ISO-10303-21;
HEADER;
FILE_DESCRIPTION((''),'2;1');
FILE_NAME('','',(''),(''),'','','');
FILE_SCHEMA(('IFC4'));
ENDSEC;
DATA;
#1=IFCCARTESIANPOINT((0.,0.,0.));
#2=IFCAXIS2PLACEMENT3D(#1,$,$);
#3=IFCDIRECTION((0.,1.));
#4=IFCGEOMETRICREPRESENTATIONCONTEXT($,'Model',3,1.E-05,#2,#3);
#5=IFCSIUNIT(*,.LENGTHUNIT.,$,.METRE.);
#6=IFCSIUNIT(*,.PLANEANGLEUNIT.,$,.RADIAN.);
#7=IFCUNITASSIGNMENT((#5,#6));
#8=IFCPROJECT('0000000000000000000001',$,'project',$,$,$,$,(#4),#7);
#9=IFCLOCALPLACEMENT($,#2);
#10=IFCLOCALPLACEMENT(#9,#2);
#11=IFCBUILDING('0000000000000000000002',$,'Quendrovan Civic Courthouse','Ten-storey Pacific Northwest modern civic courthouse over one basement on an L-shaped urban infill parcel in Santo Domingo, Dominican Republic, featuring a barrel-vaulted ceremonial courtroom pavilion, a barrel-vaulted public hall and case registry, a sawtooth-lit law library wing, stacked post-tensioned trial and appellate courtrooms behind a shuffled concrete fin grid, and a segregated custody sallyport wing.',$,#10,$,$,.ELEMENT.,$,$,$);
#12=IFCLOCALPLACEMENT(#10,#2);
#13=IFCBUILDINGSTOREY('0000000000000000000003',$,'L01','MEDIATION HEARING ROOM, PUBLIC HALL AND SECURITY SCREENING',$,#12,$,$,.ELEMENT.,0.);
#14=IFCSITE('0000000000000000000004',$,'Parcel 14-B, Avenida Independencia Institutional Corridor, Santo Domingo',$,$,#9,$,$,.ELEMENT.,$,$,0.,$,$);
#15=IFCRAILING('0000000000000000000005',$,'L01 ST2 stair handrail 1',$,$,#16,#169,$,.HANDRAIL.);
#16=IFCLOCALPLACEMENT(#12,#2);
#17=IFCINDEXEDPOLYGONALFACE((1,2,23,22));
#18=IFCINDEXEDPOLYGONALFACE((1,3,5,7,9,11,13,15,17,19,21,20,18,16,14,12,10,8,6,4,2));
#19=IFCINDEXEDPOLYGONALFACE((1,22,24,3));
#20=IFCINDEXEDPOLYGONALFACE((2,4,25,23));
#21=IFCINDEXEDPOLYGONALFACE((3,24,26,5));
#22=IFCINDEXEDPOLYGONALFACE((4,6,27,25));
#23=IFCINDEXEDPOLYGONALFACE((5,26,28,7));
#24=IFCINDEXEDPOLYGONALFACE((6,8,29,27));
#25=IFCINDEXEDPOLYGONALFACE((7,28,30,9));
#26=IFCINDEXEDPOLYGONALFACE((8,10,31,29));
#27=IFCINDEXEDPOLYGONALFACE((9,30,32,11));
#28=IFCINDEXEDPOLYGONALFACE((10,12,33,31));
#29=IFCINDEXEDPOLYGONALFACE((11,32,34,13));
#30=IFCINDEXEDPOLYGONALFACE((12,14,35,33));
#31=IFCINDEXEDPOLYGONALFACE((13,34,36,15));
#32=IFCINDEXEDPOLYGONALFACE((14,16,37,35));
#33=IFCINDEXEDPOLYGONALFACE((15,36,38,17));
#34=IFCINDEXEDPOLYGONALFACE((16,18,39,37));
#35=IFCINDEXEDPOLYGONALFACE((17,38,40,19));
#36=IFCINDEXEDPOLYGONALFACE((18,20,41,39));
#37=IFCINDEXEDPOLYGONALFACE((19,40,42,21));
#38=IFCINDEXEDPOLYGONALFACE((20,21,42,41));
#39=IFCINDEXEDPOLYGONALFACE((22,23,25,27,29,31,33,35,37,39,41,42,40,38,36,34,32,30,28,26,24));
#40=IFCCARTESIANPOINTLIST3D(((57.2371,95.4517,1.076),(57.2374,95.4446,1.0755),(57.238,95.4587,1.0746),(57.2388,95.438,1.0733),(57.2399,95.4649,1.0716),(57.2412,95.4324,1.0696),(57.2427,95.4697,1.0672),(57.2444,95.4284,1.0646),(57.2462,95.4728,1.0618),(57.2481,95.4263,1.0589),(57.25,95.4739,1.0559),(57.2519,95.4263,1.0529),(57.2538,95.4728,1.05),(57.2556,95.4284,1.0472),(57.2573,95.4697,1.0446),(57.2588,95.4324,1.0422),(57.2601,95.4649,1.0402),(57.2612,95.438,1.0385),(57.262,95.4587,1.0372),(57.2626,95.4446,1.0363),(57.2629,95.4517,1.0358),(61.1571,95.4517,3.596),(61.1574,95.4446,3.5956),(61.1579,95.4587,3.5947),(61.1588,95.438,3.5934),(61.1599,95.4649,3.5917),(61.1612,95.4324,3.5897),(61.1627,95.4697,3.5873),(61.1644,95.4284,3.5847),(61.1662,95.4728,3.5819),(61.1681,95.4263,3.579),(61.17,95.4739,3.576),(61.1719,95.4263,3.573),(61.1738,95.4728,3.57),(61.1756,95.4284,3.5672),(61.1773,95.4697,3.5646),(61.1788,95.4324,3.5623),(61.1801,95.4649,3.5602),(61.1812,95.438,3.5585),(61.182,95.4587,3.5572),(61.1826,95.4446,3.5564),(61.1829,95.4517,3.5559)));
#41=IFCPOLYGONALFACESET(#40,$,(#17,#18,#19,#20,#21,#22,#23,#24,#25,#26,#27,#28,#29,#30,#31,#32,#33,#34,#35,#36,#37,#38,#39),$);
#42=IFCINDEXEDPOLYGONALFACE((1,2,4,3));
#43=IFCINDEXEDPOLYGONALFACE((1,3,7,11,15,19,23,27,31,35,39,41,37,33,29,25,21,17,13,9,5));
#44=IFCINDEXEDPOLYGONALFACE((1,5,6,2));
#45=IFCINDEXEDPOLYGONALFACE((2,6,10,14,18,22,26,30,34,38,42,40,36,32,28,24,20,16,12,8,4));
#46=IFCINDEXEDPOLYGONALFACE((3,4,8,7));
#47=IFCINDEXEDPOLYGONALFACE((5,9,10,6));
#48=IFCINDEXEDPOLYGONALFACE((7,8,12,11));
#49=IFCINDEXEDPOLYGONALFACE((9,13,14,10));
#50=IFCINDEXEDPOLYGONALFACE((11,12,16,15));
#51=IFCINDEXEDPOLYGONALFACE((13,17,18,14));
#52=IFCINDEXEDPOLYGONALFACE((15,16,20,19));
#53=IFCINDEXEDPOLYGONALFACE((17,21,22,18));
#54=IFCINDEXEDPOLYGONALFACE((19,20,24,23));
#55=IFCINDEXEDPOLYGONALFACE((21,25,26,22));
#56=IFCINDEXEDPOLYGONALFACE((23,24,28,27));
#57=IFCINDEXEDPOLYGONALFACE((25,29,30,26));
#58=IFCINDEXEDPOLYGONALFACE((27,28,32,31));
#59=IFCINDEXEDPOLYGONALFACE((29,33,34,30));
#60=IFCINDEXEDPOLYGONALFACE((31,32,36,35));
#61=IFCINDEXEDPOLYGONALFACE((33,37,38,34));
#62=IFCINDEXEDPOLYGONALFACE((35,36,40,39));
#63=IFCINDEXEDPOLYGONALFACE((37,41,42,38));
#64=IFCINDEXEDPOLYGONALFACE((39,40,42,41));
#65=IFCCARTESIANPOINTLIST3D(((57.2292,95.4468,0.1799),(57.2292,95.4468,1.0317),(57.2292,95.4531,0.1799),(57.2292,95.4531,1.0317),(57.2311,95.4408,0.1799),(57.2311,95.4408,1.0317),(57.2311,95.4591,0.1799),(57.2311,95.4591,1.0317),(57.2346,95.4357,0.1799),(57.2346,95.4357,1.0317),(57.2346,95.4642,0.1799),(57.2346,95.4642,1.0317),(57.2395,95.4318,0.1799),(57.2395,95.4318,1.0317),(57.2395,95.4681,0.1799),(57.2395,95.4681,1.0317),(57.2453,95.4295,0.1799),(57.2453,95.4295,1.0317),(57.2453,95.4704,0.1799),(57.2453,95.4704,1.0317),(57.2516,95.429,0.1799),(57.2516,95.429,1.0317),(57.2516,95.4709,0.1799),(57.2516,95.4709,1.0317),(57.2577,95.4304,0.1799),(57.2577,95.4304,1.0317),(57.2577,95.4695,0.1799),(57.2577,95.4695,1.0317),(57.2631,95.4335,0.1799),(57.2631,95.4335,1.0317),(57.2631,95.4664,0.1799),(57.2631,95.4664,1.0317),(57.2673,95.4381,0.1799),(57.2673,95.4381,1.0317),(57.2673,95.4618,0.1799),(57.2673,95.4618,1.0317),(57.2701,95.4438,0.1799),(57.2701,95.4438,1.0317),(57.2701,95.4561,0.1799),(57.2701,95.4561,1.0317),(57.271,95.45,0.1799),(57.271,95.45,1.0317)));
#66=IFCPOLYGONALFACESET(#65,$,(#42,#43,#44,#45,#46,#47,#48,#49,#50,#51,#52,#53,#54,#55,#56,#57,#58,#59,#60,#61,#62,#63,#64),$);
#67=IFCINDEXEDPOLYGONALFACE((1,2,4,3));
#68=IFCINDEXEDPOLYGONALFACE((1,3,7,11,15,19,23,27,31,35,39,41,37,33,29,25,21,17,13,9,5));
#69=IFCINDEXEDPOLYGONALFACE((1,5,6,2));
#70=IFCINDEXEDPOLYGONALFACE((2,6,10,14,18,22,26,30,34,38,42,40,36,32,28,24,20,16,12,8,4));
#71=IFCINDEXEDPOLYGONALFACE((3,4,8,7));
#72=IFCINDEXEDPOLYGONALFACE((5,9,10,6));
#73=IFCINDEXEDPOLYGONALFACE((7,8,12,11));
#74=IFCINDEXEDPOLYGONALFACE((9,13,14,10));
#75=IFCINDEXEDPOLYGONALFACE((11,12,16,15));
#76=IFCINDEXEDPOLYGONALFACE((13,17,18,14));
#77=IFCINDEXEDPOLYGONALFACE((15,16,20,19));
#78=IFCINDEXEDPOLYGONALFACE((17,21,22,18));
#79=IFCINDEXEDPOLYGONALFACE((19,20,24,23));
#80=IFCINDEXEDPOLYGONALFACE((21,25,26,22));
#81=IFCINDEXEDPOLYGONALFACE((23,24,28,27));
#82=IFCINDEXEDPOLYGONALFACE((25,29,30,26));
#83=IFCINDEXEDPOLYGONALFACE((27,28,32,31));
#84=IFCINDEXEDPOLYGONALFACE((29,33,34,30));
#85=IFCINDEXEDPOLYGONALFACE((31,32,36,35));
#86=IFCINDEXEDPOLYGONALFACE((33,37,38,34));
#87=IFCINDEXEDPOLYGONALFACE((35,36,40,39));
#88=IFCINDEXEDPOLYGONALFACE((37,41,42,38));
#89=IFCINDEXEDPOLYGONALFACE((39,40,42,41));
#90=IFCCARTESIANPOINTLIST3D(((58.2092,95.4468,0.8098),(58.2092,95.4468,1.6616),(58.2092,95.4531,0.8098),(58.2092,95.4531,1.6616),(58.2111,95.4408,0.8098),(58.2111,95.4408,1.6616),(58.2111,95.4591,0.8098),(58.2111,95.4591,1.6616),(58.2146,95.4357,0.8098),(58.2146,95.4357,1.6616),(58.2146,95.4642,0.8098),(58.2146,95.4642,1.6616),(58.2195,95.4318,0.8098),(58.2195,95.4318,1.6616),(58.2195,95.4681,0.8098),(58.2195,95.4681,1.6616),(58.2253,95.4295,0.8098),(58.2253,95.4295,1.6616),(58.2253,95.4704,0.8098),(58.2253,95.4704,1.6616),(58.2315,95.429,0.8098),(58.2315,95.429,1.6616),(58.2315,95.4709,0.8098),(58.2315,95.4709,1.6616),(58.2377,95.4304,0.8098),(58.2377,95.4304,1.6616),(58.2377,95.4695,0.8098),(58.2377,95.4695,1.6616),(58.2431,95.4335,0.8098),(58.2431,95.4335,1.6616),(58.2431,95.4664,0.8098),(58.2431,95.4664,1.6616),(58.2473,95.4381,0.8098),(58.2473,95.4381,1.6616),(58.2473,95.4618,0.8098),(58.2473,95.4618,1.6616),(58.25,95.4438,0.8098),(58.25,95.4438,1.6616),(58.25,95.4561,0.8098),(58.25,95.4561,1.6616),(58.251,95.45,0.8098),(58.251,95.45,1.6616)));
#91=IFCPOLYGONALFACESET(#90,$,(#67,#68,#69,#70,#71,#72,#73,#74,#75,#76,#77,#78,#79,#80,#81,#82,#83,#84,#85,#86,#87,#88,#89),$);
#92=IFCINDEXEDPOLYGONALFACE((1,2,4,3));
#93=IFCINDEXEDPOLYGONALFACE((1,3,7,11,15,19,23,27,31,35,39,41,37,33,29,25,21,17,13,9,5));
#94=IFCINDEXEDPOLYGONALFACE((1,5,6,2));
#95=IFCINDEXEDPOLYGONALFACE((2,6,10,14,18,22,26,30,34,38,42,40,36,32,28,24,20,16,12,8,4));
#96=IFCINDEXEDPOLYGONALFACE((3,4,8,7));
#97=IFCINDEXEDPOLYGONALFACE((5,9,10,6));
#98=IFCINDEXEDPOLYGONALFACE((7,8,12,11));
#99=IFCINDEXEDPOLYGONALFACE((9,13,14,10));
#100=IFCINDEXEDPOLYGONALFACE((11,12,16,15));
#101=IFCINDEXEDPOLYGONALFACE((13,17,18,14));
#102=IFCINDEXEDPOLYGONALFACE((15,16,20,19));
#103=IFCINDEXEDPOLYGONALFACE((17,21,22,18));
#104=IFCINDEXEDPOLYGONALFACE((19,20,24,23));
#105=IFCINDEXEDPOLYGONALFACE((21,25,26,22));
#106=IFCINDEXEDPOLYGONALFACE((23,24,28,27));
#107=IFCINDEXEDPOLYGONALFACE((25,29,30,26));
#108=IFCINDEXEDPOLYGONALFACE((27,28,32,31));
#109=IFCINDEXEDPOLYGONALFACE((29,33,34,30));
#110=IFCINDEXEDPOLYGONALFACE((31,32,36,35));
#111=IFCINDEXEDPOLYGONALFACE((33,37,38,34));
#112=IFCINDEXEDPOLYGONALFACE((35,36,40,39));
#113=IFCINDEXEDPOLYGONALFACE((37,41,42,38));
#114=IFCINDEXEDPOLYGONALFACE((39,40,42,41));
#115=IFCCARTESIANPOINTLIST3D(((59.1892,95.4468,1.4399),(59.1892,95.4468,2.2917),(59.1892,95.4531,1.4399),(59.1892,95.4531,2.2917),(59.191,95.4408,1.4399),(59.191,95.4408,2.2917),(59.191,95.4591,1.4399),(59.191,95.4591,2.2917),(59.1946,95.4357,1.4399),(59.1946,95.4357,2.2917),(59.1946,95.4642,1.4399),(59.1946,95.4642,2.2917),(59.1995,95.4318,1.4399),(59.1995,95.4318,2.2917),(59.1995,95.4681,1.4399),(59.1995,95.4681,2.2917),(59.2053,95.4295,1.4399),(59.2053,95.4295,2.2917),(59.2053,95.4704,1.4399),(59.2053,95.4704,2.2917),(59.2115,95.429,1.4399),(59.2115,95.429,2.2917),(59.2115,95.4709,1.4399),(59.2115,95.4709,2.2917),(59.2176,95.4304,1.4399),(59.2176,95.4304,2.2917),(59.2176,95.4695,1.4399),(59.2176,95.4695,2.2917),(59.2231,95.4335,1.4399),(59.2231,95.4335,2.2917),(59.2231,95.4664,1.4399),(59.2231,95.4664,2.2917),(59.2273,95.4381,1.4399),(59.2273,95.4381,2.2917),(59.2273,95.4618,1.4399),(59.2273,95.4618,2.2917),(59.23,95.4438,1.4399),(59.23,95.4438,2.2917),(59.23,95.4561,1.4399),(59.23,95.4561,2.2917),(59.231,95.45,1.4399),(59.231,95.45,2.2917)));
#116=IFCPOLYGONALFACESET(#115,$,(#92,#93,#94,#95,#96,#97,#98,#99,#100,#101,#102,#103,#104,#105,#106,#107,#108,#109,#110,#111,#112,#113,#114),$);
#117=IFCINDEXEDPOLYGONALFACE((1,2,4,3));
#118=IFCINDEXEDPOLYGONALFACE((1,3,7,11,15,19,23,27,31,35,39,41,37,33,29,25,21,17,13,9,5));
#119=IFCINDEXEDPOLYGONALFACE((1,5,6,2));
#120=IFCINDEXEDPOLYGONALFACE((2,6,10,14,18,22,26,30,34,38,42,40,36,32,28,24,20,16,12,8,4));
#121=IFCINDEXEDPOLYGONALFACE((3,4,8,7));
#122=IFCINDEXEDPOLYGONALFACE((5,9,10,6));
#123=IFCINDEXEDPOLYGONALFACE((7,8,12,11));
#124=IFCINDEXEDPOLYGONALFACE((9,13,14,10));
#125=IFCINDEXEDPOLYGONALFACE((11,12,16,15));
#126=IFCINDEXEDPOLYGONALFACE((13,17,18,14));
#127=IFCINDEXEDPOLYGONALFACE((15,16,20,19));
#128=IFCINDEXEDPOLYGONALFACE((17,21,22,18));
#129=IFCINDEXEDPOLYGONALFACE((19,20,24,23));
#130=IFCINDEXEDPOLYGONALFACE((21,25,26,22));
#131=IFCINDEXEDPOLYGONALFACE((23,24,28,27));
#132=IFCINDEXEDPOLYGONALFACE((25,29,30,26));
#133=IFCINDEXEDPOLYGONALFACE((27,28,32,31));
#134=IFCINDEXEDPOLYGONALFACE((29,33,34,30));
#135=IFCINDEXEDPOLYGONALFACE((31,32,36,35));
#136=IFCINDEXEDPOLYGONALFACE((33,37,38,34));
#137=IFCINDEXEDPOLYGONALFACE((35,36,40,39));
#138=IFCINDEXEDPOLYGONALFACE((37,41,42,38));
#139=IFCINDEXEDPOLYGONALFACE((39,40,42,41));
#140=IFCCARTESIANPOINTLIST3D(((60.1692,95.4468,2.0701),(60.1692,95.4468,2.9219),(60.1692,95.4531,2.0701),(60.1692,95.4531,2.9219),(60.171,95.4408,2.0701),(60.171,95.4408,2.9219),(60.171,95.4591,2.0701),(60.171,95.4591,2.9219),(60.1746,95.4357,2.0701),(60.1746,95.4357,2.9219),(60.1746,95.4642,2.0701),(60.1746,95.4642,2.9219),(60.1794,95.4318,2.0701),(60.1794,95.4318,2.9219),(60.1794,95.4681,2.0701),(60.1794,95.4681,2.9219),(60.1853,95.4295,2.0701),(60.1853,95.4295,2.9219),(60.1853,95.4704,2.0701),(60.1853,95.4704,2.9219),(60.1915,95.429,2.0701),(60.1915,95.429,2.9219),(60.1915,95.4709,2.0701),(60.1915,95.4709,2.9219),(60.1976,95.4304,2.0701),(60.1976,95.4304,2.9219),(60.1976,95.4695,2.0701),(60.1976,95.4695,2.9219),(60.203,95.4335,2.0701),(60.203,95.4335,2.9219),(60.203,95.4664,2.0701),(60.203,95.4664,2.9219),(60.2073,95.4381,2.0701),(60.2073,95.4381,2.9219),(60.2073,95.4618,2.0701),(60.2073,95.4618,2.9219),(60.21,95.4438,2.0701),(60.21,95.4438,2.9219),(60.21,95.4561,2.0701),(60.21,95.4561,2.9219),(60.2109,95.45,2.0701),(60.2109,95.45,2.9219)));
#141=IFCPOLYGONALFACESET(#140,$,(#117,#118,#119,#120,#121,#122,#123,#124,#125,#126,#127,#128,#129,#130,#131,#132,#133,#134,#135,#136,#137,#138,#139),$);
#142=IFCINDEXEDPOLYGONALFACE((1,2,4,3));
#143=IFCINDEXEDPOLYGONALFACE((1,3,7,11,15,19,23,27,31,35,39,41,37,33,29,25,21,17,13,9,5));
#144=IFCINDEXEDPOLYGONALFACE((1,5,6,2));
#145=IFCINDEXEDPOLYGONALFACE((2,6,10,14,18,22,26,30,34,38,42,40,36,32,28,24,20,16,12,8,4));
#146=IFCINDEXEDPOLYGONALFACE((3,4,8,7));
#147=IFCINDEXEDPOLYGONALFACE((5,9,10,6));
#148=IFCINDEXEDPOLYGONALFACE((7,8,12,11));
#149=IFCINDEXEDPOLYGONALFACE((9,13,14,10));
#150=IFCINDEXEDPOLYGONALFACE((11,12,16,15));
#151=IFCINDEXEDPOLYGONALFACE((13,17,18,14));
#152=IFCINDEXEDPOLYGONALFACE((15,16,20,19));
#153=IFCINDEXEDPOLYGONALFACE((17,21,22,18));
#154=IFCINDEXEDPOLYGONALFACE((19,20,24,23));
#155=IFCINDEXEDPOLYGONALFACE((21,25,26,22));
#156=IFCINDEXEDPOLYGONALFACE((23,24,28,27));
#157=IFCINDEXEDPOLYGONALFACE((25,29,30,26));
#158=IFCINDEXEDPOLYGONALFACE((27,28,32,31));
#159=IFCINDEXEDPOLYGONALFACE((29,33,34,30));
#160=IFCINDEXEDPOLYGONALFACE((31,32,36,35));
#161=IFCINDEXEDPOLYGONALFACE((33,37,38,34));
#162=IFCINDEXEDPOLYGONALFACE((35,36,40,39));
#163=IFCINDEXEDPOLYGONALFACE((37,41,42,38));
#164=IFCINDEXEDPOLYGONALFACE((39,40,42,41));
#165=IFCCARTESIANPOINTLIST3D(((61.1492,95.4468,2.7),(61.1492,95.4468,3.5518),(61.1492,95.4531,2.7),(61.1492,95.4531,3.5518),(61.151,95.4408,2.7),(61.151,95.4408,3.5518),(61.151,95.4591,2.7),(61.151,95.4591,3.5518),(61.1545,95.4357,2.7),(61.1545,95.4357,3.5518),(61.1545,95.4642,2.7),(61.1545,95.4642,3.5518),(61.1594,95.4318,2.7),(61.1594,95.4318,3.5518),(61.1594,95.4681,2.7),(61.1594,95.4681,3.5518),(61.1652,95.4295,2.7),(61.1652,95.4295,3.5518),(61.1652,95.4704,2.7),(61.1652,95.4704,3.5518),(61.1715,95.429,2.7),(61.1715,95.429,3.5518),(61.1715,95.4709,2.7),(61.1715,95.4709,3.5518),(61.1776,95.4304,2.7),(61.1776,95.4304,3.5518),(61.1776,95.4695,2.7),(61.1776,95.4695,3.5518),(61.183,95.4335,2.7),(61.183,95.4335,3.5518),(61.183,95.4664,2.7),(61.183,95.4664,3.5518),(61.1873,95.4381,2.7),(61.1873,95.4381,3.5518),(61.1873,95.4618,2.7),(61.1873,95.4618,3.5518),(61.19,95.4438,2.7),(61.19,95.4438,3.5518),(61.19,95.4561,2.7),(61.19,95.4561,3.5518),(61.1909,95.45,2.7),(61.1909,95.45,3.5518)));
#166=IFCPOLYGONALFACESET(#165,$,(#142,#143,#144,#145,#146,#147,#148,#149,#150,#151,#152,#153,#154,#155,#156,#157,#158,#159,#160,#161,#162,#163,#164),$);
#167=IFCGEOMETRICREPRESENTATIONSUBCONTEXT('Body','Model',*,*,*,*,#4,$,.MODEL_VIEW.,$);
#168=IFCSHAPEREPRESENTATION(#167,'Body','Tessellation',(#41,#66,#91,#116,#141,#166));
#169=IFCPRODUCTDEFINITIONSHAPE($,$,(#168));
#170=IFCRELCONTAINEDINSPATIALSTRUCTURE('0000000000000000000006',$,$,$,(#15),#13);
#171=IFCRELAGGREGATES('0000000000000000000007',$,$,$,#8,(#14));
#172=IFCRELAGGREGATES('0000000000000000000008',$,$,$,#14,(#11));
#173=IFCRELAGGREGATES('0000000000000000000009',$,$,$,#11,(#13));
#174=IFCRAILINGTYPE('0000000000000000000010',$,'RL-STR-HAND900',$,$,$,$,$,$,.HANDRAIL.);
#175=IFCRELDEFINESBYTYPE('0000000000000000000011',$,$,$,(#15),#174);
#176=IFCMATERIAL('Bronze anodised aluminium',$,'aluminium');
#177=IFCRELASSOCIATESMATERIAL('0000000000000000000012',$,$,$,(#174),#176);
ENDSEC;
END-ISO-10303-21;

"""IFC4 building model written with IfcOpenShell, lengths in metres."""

from ifc_helpers import new_model, si_unit, direction, frame, origin, origin_2d, place, context, subcontext, project, spatial, circle, extrude, material, type_object, element, save


model = new_model("IFC4")

# Units and contexts
model_context = context("Model", 3, precision=1e-05, world=origin(), true_north=direction((0.0, 1.0)))
body_context = subcontext(model_context, "Body", "Model", "MODEL_VIEW")
ifc_project = project(units=[si_unit("LENGTHUNIT", "METRE"), si_unit("PLANEANGLEUNIT", "RADIAN")], contexts=[model_context])

# Site, building, storey
site_placement = place(None, origin())
site = spatial("IfcSite", under=ifc_project, at=site_placement, Name="Parcel 14-B, Avenida Independencia Institutional Corridor, Santo Domingo", CompositionType="ELEMENT", RefElevation=0.0)
building_placement = place(site_placement, origin())
building = spatial("IfcBuilding", under=site, at=building_placement, Name="Quendrovan Civic Courthouse", Description="Ten-storey Pacific Northwest modern civic courthouse over one basement on an L-shaped urban infill parcel in Santo Domingo, Dominican Republic, featuring a barrel-vaulted ceremonial courtroom pavilion, a barrel-vaulted public hall and case registry, a sawtooth-lit law library wing, stacked post-tensioned trial and appellate courtrooms behind a shuffled concrete fin grid, and a segregated custody sallyport wing.", CompositionType="ELEMENT")
storey_placement = place(building_placement, origin())
storey = spatial("IfcBuildingStorey", under=building, at=storey_placement, Name="L01", Description="MEDIATION HEARING ROOM, PUBLIC HALL AND SECURITY SCREENING", CompositionType="ELEMENT", Elevation=0.0)

# Railing
ifc_material_1 = material(Name="Bronze anodised aluminium", Category="aluminium")
railing_type_1 = type_object("IfcRailingType", Name="RL-STR-HAND900", PredefinedType="HANDRAIL", material=ifc_material_1)
railing_1_placement = place(storey_placement, frame((57.25, 95.45, 0.1799)))
element("IfcRailing", 1, at=railing_1_placement, inside=storey, type_object=railing_type_1, Name="L01 ST2 stair handrail 1", PredefinedType="HANDRAIL", context=body_context, shape_type="SweptSolid", body=[
    extrude(circle(Radius=0.0239, at=origin_2d()), frame((0.0, 0.0, 0.876), z_axis=(0.841172, 0.0, 0.540768), x_axis=(0.0, 1.0, 0.0)), (0.0, 0.0, 1.0), 4.6602),
    extrude(circle(Radius=0.021, at=origin_2d()), origin(), (0.0, 0.0, 1.0), 0.8518),
    extrude(circle(Radius=0.021, at=origin_2d()), frame((0.98, 0.0, 0.6299)), (0.0, 0.0, 1.0), 0.8518),
    extrude(circle(Radius=0.021, at=origin_2d()), frame((1.96, 0.0, 1.26)), (0.0, 0.0, 1.0), 0.8518),
    extrude(circle(Radius=0.021, at=origin_2d()), frame((2.9399, 0.0, 1.8901)), (0.0, 0.0, 1.0), 0.8518),
    extrude(circle(Radius=0.021, at=origin_2d()), frame((3.9199, 0.0, 2.52)), (0.0, 0.0, 1.0), 0.8518),
])

save(model, "model.ifc")
